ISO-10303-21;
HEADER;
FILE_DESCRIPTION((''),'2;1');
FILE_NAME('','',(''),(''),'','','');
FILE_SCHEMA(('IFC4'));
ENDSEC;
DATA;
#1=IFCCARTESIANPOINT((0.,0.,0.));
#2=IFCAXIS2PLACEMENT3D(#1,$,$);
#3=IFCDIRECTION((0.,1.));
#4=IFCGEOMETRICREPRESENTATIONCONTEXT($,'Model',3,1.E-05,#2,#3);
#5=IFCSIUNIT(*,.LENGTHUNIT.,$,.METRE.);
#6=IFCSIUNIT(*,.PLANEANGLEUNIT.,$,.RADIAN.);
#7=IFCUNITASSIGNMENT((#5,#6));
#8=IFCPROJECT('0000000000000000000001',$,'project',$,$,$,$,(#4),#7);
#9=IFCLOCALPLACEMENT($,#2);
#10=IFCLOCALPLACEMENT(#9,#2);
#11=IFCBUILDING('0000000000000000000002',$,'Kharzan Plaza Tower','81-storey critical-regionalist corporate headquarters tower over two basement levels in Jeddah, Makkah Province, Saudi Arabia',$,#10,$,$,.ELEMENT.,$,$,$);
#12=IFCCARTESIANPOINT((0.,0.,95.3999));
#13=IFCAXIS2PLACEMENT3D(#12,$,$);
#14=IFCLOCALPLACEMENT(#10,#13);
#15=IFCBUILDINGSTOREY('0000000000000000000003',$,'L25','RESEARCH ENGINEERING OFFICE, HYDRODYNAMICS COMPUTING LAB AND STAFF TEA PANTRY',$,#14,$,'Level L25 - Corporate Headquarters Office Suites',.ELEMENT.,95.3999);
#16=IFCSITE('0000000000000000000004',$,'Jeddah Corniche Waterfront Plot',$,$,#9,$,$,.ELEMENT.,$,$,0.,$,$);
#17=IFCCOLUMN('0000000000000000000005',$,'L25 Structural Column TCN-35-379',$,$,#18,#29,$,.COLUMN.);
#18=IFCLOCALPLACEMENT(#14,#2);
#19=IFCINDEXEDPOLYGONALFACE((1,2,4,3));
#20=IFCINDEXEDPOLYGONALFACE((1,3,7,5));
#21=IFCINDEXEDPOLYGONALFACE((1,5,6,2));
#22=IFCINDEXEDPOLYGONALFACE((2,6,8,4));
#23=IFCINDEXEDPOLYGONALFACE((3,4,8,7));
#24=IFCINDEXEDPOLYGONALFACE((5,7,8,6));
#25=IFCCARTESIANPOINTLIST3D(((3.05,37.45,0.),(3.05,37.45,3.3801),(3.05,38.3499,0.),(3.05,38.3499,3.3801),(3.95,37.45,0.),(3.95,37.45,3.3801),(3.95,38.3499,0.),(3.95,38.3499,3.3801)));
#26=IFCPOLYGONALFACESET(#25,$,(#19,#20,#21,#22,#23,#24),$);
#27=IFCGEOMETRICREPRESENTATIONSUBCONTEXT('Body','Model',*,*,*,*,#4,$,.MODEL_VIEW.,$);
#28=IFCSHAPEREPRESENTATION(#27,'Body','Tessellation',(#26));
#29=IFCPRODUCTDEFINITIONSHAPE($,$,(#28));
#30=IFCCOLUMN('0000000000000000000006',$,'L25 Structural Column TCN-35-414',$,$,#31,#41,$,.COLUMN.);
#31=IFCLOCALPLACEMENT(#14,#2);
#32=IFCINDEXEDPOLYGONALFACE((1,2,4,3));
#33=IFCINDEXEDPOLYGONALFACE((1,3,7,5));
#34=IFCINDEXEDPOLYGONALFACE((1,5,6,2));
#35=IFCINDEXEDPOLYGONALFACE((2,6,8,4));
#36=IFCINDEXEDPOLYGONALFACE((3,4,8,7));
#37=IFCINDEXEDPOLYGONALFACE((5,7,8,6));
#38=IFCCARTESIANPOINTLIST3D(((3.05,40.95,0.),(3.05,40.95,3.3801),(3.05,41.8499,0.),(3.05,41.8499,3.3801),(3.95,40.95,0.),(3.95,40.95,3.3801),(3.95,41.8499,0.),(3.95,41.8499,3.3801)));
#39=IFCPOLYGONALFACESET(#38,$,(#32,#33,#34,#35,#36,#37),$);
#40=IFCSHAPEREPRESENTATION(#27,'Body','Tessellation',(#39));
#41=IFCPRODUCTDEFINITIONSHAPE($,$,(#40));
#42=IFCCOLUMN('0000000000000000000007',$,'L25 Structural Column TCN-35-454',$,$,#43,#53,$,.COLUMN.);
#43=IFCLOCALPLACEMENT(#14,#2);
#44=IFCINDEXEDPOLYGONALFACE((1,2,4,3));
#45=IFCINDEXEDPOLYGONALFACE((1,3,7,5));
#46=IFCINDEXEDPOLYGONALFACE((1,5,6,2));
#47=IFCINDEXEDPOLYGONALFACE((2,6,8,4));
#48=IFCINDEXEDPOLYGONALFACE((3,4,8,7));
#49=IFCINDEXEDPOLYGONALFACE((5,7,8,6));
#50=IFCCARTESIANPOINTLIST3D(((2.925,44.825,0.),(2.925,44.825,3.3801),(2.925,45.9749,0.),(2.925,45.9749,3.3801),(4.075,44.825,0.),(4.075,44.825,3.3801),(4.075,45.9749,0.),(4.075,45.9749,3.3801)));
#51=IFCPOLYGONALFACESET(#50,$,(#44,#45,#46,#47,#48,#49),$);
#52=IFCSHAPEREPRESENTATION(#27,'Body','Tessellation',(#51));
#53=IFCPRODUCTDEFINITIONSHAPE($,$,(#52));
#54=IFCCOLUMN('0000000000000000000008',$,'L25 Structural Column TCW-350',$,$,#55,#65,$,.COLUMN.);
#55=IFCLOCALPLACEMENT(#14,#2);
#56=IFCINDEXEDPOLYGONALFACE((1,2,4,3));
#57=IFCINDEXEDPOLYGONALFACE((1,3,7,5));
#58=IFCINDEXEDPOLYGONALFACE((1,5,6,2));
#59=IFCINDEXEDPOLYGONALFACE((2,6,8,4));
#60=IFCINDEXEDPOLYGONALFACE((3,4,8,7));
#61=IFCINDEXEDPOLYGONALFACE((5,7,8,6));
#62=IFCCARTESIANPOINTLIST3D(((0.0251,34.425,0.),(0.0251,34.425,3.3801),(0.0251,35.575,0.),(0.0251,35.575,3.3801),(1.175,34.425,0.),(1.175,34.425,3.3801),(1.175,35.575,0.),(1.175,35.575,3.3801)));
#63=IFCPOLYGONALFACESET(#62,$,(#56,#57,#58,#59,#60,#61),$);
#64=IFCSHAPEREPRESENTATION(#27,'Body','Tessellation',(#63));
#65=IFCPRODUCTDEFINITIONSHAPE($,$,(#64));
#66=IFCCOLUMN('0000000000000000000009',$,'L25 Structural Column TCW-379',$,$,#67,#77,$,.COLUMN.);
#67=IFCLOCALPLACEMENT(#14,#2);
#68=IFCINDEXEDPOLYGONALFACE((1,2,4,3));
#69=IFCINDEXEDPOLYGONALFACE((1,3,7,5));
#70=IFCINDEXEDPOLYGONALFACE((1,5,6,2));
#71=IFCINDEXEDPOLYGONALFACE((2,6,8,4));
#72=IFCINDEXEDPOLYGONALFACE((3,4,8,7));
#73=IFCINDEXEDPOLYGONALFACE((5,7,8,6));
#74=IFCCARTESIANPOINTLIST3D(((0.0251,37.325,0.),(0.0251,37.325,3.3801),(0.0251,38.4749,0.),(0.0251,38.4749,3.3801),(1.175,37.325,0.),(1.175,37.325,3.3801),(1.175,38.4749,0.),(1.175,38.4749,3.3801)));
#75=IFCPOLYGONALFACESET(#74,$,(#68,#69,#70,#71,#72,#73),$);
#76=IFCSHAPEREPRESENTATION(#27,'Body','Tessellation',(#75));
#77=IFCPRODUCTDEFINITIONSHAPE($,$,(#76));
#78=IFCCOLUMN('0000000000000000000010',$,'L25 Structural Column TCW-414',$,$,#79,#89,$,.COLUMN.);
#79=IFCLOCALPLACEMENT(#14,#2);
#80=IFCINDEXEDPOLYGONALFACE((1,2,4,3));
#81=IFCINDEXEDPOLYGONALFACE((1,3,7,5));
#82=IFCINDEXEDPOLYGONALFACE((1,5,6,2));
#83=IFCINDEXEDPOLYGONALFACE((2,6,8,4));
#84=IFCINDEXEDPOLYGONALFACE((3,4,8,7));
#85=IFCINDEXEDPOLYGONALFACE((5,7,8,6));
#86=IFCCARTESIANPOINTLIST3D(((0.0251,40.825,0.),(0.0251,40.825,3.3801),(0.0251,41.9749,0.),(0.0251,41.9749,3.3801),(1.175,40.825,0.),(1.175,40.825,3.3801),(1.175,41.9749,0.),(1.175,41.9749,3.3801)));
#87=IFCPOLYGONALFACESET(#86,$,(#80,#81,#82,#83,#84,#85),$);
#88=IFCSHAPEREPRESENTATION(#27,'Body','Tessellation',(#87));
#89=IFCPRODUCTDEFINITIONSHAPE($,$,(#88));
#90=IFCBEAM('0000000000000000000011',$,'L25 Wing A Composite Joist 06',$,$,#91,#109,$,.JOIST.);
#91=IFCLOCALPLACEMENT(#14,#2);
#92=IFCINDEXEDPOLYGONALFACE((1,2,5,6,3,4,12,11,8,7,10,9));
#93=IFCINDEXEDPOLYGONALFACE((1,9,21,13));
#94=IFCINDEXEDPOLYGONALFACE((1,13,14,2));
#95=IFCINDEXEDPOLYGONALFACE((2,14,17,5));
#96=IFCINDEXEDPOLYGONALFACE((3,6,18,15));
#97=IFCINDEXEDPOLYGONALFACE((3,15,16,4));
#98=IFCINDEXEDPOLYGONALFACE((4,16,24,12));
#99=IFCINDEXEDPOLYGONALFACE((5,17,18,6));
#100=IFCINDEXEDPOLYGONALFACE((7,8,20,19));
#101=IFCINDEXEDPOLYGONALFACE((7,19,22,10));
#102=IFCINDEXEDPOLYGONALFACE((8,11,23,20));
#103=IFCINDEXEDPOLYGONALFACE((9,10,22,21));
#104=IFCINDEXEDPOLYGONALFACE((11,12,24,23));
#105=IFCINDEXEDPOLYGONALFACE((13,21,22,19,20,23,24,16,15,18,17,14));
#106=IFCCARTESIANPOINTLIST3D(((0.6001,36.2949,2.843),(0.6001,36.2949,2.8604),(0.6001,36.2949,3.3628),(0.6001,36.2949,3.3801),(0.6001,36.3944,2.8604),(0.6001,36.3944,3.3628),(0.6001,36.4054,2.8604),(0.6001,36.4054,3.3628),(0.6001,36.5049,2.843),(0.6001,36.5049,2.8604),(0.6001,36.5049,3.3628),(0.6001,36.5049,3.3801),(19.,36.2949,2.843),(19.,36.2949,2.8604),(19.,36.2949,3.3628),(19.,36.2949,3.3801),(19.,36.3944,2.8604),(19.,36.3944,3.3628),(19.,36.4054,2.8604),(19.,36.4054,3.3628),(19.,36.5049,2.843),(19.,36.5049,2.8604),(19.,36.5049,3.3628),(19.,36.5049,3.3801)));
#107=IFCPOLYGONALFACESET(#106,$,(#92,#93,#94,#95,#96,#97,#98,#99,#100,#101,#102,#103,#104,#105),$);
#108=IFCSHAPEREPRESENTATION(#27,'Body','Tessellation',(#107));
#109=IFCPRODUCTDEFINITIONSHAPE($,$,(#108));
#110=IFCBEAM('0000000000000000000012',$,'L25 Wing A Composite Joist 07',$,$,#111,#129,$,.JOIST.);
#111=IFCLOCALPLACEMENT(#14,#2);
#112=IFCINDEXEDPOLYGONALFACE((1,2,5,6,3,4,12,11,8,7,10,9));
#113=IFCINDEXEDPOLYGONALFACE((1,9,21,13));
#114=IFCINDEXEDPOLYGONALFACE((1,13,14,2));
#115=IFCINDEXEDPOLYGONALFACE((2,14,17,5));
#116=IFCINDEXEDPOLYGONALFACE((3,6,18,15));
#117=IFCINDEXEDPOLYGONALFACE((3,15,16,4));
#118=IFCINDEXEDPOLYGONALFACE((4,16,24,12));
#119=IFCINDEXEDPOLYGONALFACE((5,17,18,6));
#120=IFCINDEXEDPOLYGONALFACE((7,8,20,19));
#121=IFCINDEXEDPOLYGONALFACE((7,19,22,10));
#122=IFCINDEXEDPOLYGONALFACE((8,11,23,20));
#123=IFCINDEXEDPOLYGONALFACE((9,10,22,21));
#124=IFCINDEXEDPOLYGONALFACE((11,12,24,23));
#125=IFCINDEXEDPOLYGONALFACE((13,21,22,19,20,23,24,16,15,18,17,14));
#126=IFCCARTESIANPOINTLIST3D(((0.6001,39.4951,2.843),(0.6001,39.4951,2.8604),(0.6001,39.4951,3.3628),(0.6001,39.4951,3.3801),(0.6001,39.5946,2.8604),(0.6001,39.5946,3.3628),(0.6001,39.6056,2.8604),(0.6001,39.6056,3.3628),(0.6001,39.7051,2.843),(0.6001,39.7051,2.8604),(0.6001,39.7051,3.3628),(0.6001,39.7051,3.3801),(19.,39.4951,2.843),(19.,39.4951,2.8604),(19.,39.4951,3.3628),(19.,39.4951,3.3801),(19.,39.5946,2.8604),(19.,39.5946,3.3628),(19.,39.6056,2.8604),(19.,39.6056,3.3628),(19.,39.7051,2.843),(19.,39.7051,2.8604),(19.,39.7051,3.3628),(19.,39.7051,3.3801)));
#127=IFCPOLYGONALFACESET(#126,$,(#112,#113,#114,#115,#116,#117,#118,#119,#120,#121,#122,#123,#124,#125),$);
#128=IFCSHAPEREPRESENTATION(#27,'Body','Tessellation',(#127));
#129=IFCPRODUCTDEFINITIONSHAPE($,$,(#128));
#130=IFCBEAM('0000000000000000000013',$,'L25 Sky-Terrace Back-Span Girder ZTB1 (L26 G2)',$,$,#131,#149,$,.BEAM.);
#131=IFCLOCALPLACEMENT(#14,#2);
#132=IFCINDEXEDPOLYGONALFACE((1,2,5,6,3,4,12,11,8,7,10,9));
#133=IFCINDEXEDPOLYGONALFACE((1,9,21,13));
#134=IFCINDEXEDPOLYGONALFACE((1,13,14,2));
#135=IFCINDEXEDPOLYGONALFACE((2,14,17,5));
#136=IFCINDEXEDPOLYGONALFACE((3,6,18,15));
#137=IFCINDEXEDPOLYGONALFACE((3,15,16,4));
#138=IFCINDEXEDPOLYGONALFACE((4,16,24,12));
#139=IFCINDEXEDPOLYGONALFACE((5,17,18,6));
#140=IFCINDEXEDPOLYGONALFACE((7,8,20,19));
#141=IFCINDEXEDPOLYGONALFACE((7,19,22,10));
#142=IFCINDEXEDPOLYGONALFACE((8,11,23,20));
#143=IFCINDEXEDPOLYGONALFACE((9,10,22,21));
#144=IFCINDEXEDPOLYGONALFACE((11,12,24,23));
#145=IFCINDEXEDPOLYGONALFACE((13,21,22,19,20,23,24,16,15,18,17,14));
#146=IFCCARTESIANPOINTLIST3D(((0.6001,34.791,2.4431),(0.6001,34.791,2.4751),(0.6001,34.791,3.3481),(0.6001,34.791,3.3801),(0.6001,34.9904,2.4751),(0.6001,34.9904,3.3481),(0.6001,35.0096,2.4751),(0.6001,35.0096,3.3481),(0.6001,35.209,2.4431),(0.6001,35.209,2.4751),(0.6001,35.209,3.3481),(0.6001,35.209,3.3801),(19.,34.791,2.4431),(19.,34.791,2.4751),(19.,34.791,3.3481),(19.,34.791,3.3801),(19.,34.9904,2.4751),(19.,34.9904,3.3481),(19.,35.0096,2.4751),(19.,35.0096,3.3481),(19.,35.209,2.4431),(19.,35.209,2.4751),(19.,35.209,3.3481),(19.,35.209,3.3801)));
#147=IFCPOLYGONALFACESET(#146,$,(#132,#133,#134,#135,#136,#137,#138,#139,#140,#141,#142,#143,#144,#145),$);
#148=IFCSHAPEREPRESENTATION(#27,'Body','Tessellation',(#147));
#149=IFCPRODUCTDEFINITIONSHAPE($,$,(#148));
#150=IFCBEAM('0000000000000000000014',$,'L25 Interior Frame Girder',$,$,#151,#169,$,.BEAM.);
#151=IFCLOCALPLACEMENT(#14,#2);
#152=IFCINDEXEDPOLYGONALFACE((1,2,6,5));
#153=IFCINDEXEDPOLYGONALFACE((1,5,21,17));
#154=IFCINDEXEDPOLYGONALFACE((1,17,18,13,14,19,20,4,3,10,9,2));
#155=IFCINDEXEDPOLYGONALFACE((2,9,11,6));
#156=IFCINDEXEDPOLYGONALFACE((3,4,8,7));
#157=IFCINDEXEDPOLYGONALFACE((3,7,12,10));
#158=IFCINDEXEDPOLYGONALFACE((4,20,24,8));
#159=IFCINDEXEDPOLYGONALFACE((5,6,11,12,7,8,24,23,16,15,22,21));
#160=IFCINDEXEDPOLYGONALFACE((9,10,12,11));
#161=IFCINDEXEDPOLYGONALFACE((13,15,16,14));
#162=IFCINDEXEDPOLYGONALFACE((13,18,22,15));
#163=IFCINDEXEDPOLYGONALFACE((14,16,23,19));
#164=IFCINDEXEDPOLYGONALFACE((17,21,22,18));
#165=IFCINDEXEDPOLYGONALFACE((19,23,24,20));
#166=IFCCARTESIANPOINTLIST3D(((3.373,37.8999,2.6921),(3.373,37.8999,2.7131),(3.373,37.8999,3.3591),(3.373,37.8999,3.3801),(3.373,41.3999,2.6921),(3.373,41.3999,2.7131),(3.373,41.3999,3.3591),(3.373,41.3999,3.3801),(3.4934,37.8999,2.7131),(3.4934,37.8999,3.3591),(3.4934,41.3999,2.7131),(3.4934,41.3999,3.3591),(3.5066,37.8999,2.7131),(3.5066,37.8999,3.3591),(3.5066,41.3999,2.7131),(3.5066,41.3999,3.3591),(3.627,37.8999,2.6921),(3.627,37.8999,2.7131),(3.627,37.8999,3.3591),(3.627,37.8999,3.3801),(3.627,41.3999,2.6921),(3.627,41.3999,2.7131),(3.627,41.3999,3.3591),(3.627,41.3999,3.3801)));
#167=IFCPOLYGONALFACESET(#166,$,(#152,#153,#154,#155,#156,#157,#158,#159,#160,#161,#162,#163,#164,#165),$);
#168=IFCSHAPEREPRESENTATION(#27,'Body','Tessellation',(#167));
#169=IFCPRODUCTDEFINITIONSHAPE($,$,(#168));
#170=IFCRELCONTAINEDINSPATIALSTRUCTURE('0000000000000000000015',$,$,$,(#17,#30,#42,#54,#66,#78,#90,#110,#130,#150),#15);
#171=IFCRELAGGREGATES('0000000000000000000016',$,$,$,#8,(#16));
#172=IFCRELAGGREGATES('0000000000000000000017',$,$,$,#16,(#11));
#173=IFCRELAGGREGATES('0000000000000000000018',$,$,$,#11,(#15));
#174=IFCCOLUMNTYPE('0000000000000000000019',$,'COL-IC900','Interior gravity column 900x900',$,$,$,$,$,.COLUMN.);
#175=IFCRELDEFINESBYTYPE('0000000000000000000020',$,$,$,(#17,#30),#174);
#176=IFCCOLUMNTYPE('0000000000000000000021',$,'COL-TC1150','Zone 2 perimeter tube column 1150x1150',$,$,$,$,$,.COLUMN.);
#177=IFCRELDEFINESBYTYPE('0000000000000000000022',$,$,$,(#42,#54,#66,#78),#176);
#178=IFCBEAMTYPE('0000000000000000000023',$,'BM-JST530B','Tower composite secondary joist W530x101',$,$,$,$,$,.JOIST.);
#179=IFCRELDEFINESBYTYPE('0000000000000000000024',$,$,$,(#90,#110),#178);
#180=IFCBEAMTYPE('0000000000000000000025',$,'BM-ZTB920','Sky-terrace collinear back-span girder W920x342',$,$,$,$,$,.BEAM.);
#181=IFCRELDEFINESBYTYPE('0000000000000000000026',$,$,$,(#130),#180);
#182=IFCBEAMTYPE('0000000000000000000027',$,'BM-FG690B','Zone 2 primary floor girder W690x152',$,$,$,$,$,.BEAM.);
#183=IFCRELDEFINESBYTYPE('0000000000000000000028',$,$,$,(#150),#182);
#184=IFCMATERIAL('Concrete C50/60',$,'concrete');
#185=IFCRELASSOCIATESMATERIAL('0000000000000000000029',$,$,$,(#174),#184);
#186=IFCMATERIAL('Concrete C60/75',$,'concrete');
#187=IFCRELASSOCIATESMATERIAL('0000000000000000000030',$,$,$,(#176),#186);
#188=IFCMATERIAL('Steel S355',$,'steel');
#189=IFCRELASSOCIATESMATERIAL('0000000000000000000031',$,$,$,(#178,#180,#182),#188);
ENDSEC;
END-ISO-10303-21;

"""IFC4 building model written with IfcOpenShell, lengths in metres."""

from ifc_helpers import new_model, si_unit, direction, frame, origin, origin_2d, place, context, subcontext, project, spatial, rectangle, i_section, extrude, source, transform, mapped, material, material_profile, profile_set, type_object, element, save


model = new_model("IFC4")

# Units and contexts
model_context = context("Model", 3, precision=1e-05, world=origin(), true_north=direction((0.0, 1.0)))
body_context = subcontext(model_context, "Body", "Model", "MODEL_VIEW")
ifc_project = project(units=[si_unit("LENGTHUNIT", "METRE"), si_unit("PLANEANGLEUNIT", "RADIAN")], contexts=[model_context])

# Site, building, storey
site_placement = place(None, origin())
site = spatial("IfcSite", under=ifc_project, at=site_placement, Name="Jeddah Corniche Waterfront Plot", CompositionType="ELEMENT", RefElevation=0.0)
building_placement = place(site_placement, origin())
building = spatial("IfcBuilding", under=site, at=building_placement, Name="Kharzan Plaza Tower", Description="81-storey critical-regionalist corporate headquarters tower over two basement levels in Jeddah, Makkah Province, Saudi Arabia", CompositionType="ELEMENT")
storey_placement = place(building_placement, frame((0.0, 0.0, 95.3999)))
storey = spatial("IfcBuildingStorey", under=building, at=storey_placement, Name="L25", Description="RESEARCH ENGINEERING OFFICE, HYDRODYNAMICS COMPUTING LAB AND STAFF TEA PANTRY", LongName="Level L25 - Corporate Headquarters Office Suites", CompositionType="ELEMENT", Elevation=95.3999)

# Columns
ifc_material_1 = material(Name="Concrete C50/60", Category="concrete")
ifc_material_profile_1 = material_profile(ifc_material_1, rectangle(XDim=0.8999, YDim=0.8999, at=origin_2d()), Name="RC-IC900x900")
ifc_profile_set_1 = profile_set([ifc_material_profile_1], Name="Concrete C50/60")
column_type_1 = type_object("IfcColumnType", Name="COL-IC900", Description="Interior gravity column 900x900", PredefinedType="COLUMN", material=ifc_profile_set_1)
shared_shape_1 = source(origin(), body_context, "Body", "SweptSolid", [
    extrude(rectangle(XDim=0.8999, YDim=0.8999, at=origin_2d()), origin(), (0.0, 0.0, 1.0), 3.3801),
])
for number, where, z_axis, x_axis, name in (
    (1, (3.5, 37.8999, 0.0), (0.0, 0.0, 1.0), (1.0, 0.0, 0.0), "L25 Structural Column TCN-35-379"),
    (2, (3.5, 41.3999, 0.0), (0.0, 0.0, 1.0), (1.0, 0.0, 0.0), "L25 Structural Column TCN-35-414"),
):
    element("IfcColumn", number, at=place(storey_placement, frame(where, z_axis=z_axis, x_axis=x_axis)), inside=storey, type_object=column_type_1, Name=name, PredefinedType="COLUMN", context=body_context, shape_type="MappedRepresentation", body=[
        mapped(shared_shape_1, transform((0.0, 0.0, 0.0), x_axis=(1.0, 0.0, 0.0), y_axis=(0.0, 1.0, 0.0), z_axis=(0.0, 0.0, 1.0))),
    ])
ifc_material_2 = material(Name="Concrete C60/75", Category="concrete")
ifc_material_profile_2 = material_profile(ifc_material_2, rectangle(XDim=1.1499, YDim=1.1499, at=origin_2d()), Name="RC-TC1150x1150")
ifc_profile_set_2 = profile_set([ifc_material_profile_2], Name="Concrete C60/75")
column_type_2 = type_object("IfcColumnType", Name="COL-TC1150", Description="Zone 2 perimeter tube column 1150x1150", PredefinedType="COLUMN", material=ifc_profile_set_2)
shared_shape_2 = source(origin(), body_context, "Body", "SweptSolid", [
    extrude(rectangle(XDim=1.1499, YDim=1.1499, at=origin_2d()), origin(), (0.0, 0.0, 1.0), 3.3801),
])
for number, where, z_axis, x_axis, name in (
    (3, (3.5, 45.3999, 0.0), (0.0, 0.0, 1.0), (1.0, 0.0, 0.0), "L25 Structural Column TCN-35-454"),
    (4, (0.6001, 35.0, 0.0), (0.0, 0.0, 1.0), (1.0, 0.0, 0.0), "L25 Structural Column TCW-350"),
    (5, (0.6001, 37.8999, 0.0), (0.0, 0.0, 1.0), (1.0, 0.0, 0.0), "L25 Structural Column TCW-379"),
    (6, (0.6001, 41.3999, 0.0), (0.0, 0.0, 1.0), (1.0, 0.0, 0.0), "L25 Structural Column TCW-414"),
):
    element("IfcColumn", number, at=place(storey_placement, frame(where, z_axis=z_axis, x_axis=x_axis)), inside=storey, type_object=column_type_2, Name=name, PredefinedType="COLUMN", context=body_context, shape_type="MappedRepresentation", body=[
        mapped(shared_shape_2, transform((0.0, 0.0, 0.0), x_axis=(1.0, 0.0, 0.0), y_axis=(0.0, 1.0, 0.0), z_axis=(0.0, 0.0, 1.0))),
    ])

# Beams
ifc_material_3 = material(Name="Steel S355", Category="steel")
ifc_material_profile_3 = material_profile(ifc_material_3, i_section(OverallWidth=0.21, OverallDepth=0.5371, WebThickness=0.011, FlangeThickness=0.0173, at=origin_2d()), Name="W530x101")
ifc_profile_set_3 = profile_set([ifc_material_profile_3], Name="Steel S355")
beam_type_1 = type_object("IfcBeamType", Name="BM-JST530B", Description="Tower composite secondary joist W530x101", PredefinedType="JOIST", material=ifc_profile_set_3)
shared_shape_3 = source(origin(), body_context, "Body", "SweptSolid", [
    extrude(i_section(OverallWidth=0.21, OverallDepth=0.5371, WebThickness=0.011, FlangeThickness=0.0173, at=origin_2d()), origin(), (0.0, 0.0, 1.0), 18.3999),
])
for number, where, z_axis, x_axis, name in (
    (7, (0.6001, 36.3999, 3.1116), (1.0, 0.0, 0.0), (0.0, 1.0, 0.0), "L25 Wing A Composite Joist 06"),
    (8, (0.6001, 39.6001, 3.1116), (1.0, 0.0, 0.0), (0.0, 1.0, 0.0), "L25 Wing A Composite Joist 07"),
):
    element("IfcBeam", number, at=place(storey_placement, frame(where, z_axis=z_axis, x_axis=x_axis)), inside=storey, type_object=beam_type_1, Name=name, PredefinedType="JOIST", context=body_context, shape_type="MappedRepresentation", body=[
        mapped(shared_shape_3, transform((0.0, 0.0, 0.0), x_axis=(1.0, 0.0, 0.0), y_axis=(0.0, 1.0, 0.0), z_axis=(0.0, 0.0, 1.0))),
    ])
ifc_material_profile_4 = material_profile(ifc_material_3, i_section(OverallWidth=0.418, OverallDepth=0.937, WebThickness=0.0193, FlangeThickness=0.032, at=origin_2d()), Name="W920x342")
ifc_profile_set_4 = profile_set([ifc_material_profile_4], Name="Steel S355")
beam_type_2 = type_object("IfcBeamType", Name="BM-ZTB920", Description="Sky-terrace collinear back-span girder W920x342", PredefinedType="BEAM", material=ifc_profile_set_4)
shared_shape_4 = source(origin(), body_context, "Body", "SweptSolid", [
    extrude(i_section(OverallWidth=0.418, OverallDepth=0.937, WebThickness=0.0193, FlangeThickness=0.032, at=origin_2d()), origin(), (0.0, 0.0, 1.0), 18.3999),
])
beam_1_placement = place(storey_placement, frame((0.6001, 35.0, 2.9116), z_axis=(1.0, 0.0, 0.0), x_axis=(0.0, 1.0, 0.0)))
element("IfcBeam", 9, at=beam_1_placement, inside=storey, type_object=beam_type_2, Name="L25 Sky-Terrace Back-Span Girder ZTB1 (L26 G2)", PredefinedType="BEAM", context=body_context, shape_type="MappedRepresentation", body=[
    mapped(shared_shape_4, transform((0.0, 0.0, 0.0), x_axis=(1.0, 0.0, 0.0), y_axis=(0.0, 1.0, 0.0), z_axis=(0.0, 0.0, 1.0))),
])
ifc_material_profile_5 = material_profile(ifc_material_3, i_section(OverallWidth=0.2539, OverallDepth=0.688, WebThickness=0.0132, FlangeThickness=0.021, at=origin_2d()), Name="W690x152")
ifc_profile_set_5 = profile_set([ifc_material_profile_5], Name="Steel S355")
beam_type_3 = type_object("IfcBeamType", Name="BM-FG690B", Description="Zone 2 primary floor girder W690x152", PredefinedType="BEAM", material=ifc_profile_set_5)
shared_shape_5 = source(origin(), body_context, "Body", "SweptSolid", [
    extrude(i_section(OverallWidth=0.2539, OverallDepth=0.688, WebThickness=0.0132, FlangeThickness=0.021, at=origin_2d()), origin(), (0.0, 0.0, 1.0), 3.5),
])
beam_2_placement = place(storey_placement, frame((3.5, 37.8999, 3.0361), z_axis=(0.0, 1.0, 0.0), x_axis=(-1.0, 0.0, 0.0)))
element("IfcBeam", 10, at=beam_2_placement, inside=storey, type_object=beam_type_3, Name="L25 Interior Frame Girder", PredefinedType="BEAM", context=body_context, shape_type="MappedRepresentation", body=[
    mapped(shared_shape_5, transform((0.0, 0.0, 0.0), x_axis=(1.0, 0.0, 0.0), y_axis=(0.0, 1.0, 0.0), z_axis=(0.0, 0.0, 1.0))),
])

save(model, "model.ifc")
